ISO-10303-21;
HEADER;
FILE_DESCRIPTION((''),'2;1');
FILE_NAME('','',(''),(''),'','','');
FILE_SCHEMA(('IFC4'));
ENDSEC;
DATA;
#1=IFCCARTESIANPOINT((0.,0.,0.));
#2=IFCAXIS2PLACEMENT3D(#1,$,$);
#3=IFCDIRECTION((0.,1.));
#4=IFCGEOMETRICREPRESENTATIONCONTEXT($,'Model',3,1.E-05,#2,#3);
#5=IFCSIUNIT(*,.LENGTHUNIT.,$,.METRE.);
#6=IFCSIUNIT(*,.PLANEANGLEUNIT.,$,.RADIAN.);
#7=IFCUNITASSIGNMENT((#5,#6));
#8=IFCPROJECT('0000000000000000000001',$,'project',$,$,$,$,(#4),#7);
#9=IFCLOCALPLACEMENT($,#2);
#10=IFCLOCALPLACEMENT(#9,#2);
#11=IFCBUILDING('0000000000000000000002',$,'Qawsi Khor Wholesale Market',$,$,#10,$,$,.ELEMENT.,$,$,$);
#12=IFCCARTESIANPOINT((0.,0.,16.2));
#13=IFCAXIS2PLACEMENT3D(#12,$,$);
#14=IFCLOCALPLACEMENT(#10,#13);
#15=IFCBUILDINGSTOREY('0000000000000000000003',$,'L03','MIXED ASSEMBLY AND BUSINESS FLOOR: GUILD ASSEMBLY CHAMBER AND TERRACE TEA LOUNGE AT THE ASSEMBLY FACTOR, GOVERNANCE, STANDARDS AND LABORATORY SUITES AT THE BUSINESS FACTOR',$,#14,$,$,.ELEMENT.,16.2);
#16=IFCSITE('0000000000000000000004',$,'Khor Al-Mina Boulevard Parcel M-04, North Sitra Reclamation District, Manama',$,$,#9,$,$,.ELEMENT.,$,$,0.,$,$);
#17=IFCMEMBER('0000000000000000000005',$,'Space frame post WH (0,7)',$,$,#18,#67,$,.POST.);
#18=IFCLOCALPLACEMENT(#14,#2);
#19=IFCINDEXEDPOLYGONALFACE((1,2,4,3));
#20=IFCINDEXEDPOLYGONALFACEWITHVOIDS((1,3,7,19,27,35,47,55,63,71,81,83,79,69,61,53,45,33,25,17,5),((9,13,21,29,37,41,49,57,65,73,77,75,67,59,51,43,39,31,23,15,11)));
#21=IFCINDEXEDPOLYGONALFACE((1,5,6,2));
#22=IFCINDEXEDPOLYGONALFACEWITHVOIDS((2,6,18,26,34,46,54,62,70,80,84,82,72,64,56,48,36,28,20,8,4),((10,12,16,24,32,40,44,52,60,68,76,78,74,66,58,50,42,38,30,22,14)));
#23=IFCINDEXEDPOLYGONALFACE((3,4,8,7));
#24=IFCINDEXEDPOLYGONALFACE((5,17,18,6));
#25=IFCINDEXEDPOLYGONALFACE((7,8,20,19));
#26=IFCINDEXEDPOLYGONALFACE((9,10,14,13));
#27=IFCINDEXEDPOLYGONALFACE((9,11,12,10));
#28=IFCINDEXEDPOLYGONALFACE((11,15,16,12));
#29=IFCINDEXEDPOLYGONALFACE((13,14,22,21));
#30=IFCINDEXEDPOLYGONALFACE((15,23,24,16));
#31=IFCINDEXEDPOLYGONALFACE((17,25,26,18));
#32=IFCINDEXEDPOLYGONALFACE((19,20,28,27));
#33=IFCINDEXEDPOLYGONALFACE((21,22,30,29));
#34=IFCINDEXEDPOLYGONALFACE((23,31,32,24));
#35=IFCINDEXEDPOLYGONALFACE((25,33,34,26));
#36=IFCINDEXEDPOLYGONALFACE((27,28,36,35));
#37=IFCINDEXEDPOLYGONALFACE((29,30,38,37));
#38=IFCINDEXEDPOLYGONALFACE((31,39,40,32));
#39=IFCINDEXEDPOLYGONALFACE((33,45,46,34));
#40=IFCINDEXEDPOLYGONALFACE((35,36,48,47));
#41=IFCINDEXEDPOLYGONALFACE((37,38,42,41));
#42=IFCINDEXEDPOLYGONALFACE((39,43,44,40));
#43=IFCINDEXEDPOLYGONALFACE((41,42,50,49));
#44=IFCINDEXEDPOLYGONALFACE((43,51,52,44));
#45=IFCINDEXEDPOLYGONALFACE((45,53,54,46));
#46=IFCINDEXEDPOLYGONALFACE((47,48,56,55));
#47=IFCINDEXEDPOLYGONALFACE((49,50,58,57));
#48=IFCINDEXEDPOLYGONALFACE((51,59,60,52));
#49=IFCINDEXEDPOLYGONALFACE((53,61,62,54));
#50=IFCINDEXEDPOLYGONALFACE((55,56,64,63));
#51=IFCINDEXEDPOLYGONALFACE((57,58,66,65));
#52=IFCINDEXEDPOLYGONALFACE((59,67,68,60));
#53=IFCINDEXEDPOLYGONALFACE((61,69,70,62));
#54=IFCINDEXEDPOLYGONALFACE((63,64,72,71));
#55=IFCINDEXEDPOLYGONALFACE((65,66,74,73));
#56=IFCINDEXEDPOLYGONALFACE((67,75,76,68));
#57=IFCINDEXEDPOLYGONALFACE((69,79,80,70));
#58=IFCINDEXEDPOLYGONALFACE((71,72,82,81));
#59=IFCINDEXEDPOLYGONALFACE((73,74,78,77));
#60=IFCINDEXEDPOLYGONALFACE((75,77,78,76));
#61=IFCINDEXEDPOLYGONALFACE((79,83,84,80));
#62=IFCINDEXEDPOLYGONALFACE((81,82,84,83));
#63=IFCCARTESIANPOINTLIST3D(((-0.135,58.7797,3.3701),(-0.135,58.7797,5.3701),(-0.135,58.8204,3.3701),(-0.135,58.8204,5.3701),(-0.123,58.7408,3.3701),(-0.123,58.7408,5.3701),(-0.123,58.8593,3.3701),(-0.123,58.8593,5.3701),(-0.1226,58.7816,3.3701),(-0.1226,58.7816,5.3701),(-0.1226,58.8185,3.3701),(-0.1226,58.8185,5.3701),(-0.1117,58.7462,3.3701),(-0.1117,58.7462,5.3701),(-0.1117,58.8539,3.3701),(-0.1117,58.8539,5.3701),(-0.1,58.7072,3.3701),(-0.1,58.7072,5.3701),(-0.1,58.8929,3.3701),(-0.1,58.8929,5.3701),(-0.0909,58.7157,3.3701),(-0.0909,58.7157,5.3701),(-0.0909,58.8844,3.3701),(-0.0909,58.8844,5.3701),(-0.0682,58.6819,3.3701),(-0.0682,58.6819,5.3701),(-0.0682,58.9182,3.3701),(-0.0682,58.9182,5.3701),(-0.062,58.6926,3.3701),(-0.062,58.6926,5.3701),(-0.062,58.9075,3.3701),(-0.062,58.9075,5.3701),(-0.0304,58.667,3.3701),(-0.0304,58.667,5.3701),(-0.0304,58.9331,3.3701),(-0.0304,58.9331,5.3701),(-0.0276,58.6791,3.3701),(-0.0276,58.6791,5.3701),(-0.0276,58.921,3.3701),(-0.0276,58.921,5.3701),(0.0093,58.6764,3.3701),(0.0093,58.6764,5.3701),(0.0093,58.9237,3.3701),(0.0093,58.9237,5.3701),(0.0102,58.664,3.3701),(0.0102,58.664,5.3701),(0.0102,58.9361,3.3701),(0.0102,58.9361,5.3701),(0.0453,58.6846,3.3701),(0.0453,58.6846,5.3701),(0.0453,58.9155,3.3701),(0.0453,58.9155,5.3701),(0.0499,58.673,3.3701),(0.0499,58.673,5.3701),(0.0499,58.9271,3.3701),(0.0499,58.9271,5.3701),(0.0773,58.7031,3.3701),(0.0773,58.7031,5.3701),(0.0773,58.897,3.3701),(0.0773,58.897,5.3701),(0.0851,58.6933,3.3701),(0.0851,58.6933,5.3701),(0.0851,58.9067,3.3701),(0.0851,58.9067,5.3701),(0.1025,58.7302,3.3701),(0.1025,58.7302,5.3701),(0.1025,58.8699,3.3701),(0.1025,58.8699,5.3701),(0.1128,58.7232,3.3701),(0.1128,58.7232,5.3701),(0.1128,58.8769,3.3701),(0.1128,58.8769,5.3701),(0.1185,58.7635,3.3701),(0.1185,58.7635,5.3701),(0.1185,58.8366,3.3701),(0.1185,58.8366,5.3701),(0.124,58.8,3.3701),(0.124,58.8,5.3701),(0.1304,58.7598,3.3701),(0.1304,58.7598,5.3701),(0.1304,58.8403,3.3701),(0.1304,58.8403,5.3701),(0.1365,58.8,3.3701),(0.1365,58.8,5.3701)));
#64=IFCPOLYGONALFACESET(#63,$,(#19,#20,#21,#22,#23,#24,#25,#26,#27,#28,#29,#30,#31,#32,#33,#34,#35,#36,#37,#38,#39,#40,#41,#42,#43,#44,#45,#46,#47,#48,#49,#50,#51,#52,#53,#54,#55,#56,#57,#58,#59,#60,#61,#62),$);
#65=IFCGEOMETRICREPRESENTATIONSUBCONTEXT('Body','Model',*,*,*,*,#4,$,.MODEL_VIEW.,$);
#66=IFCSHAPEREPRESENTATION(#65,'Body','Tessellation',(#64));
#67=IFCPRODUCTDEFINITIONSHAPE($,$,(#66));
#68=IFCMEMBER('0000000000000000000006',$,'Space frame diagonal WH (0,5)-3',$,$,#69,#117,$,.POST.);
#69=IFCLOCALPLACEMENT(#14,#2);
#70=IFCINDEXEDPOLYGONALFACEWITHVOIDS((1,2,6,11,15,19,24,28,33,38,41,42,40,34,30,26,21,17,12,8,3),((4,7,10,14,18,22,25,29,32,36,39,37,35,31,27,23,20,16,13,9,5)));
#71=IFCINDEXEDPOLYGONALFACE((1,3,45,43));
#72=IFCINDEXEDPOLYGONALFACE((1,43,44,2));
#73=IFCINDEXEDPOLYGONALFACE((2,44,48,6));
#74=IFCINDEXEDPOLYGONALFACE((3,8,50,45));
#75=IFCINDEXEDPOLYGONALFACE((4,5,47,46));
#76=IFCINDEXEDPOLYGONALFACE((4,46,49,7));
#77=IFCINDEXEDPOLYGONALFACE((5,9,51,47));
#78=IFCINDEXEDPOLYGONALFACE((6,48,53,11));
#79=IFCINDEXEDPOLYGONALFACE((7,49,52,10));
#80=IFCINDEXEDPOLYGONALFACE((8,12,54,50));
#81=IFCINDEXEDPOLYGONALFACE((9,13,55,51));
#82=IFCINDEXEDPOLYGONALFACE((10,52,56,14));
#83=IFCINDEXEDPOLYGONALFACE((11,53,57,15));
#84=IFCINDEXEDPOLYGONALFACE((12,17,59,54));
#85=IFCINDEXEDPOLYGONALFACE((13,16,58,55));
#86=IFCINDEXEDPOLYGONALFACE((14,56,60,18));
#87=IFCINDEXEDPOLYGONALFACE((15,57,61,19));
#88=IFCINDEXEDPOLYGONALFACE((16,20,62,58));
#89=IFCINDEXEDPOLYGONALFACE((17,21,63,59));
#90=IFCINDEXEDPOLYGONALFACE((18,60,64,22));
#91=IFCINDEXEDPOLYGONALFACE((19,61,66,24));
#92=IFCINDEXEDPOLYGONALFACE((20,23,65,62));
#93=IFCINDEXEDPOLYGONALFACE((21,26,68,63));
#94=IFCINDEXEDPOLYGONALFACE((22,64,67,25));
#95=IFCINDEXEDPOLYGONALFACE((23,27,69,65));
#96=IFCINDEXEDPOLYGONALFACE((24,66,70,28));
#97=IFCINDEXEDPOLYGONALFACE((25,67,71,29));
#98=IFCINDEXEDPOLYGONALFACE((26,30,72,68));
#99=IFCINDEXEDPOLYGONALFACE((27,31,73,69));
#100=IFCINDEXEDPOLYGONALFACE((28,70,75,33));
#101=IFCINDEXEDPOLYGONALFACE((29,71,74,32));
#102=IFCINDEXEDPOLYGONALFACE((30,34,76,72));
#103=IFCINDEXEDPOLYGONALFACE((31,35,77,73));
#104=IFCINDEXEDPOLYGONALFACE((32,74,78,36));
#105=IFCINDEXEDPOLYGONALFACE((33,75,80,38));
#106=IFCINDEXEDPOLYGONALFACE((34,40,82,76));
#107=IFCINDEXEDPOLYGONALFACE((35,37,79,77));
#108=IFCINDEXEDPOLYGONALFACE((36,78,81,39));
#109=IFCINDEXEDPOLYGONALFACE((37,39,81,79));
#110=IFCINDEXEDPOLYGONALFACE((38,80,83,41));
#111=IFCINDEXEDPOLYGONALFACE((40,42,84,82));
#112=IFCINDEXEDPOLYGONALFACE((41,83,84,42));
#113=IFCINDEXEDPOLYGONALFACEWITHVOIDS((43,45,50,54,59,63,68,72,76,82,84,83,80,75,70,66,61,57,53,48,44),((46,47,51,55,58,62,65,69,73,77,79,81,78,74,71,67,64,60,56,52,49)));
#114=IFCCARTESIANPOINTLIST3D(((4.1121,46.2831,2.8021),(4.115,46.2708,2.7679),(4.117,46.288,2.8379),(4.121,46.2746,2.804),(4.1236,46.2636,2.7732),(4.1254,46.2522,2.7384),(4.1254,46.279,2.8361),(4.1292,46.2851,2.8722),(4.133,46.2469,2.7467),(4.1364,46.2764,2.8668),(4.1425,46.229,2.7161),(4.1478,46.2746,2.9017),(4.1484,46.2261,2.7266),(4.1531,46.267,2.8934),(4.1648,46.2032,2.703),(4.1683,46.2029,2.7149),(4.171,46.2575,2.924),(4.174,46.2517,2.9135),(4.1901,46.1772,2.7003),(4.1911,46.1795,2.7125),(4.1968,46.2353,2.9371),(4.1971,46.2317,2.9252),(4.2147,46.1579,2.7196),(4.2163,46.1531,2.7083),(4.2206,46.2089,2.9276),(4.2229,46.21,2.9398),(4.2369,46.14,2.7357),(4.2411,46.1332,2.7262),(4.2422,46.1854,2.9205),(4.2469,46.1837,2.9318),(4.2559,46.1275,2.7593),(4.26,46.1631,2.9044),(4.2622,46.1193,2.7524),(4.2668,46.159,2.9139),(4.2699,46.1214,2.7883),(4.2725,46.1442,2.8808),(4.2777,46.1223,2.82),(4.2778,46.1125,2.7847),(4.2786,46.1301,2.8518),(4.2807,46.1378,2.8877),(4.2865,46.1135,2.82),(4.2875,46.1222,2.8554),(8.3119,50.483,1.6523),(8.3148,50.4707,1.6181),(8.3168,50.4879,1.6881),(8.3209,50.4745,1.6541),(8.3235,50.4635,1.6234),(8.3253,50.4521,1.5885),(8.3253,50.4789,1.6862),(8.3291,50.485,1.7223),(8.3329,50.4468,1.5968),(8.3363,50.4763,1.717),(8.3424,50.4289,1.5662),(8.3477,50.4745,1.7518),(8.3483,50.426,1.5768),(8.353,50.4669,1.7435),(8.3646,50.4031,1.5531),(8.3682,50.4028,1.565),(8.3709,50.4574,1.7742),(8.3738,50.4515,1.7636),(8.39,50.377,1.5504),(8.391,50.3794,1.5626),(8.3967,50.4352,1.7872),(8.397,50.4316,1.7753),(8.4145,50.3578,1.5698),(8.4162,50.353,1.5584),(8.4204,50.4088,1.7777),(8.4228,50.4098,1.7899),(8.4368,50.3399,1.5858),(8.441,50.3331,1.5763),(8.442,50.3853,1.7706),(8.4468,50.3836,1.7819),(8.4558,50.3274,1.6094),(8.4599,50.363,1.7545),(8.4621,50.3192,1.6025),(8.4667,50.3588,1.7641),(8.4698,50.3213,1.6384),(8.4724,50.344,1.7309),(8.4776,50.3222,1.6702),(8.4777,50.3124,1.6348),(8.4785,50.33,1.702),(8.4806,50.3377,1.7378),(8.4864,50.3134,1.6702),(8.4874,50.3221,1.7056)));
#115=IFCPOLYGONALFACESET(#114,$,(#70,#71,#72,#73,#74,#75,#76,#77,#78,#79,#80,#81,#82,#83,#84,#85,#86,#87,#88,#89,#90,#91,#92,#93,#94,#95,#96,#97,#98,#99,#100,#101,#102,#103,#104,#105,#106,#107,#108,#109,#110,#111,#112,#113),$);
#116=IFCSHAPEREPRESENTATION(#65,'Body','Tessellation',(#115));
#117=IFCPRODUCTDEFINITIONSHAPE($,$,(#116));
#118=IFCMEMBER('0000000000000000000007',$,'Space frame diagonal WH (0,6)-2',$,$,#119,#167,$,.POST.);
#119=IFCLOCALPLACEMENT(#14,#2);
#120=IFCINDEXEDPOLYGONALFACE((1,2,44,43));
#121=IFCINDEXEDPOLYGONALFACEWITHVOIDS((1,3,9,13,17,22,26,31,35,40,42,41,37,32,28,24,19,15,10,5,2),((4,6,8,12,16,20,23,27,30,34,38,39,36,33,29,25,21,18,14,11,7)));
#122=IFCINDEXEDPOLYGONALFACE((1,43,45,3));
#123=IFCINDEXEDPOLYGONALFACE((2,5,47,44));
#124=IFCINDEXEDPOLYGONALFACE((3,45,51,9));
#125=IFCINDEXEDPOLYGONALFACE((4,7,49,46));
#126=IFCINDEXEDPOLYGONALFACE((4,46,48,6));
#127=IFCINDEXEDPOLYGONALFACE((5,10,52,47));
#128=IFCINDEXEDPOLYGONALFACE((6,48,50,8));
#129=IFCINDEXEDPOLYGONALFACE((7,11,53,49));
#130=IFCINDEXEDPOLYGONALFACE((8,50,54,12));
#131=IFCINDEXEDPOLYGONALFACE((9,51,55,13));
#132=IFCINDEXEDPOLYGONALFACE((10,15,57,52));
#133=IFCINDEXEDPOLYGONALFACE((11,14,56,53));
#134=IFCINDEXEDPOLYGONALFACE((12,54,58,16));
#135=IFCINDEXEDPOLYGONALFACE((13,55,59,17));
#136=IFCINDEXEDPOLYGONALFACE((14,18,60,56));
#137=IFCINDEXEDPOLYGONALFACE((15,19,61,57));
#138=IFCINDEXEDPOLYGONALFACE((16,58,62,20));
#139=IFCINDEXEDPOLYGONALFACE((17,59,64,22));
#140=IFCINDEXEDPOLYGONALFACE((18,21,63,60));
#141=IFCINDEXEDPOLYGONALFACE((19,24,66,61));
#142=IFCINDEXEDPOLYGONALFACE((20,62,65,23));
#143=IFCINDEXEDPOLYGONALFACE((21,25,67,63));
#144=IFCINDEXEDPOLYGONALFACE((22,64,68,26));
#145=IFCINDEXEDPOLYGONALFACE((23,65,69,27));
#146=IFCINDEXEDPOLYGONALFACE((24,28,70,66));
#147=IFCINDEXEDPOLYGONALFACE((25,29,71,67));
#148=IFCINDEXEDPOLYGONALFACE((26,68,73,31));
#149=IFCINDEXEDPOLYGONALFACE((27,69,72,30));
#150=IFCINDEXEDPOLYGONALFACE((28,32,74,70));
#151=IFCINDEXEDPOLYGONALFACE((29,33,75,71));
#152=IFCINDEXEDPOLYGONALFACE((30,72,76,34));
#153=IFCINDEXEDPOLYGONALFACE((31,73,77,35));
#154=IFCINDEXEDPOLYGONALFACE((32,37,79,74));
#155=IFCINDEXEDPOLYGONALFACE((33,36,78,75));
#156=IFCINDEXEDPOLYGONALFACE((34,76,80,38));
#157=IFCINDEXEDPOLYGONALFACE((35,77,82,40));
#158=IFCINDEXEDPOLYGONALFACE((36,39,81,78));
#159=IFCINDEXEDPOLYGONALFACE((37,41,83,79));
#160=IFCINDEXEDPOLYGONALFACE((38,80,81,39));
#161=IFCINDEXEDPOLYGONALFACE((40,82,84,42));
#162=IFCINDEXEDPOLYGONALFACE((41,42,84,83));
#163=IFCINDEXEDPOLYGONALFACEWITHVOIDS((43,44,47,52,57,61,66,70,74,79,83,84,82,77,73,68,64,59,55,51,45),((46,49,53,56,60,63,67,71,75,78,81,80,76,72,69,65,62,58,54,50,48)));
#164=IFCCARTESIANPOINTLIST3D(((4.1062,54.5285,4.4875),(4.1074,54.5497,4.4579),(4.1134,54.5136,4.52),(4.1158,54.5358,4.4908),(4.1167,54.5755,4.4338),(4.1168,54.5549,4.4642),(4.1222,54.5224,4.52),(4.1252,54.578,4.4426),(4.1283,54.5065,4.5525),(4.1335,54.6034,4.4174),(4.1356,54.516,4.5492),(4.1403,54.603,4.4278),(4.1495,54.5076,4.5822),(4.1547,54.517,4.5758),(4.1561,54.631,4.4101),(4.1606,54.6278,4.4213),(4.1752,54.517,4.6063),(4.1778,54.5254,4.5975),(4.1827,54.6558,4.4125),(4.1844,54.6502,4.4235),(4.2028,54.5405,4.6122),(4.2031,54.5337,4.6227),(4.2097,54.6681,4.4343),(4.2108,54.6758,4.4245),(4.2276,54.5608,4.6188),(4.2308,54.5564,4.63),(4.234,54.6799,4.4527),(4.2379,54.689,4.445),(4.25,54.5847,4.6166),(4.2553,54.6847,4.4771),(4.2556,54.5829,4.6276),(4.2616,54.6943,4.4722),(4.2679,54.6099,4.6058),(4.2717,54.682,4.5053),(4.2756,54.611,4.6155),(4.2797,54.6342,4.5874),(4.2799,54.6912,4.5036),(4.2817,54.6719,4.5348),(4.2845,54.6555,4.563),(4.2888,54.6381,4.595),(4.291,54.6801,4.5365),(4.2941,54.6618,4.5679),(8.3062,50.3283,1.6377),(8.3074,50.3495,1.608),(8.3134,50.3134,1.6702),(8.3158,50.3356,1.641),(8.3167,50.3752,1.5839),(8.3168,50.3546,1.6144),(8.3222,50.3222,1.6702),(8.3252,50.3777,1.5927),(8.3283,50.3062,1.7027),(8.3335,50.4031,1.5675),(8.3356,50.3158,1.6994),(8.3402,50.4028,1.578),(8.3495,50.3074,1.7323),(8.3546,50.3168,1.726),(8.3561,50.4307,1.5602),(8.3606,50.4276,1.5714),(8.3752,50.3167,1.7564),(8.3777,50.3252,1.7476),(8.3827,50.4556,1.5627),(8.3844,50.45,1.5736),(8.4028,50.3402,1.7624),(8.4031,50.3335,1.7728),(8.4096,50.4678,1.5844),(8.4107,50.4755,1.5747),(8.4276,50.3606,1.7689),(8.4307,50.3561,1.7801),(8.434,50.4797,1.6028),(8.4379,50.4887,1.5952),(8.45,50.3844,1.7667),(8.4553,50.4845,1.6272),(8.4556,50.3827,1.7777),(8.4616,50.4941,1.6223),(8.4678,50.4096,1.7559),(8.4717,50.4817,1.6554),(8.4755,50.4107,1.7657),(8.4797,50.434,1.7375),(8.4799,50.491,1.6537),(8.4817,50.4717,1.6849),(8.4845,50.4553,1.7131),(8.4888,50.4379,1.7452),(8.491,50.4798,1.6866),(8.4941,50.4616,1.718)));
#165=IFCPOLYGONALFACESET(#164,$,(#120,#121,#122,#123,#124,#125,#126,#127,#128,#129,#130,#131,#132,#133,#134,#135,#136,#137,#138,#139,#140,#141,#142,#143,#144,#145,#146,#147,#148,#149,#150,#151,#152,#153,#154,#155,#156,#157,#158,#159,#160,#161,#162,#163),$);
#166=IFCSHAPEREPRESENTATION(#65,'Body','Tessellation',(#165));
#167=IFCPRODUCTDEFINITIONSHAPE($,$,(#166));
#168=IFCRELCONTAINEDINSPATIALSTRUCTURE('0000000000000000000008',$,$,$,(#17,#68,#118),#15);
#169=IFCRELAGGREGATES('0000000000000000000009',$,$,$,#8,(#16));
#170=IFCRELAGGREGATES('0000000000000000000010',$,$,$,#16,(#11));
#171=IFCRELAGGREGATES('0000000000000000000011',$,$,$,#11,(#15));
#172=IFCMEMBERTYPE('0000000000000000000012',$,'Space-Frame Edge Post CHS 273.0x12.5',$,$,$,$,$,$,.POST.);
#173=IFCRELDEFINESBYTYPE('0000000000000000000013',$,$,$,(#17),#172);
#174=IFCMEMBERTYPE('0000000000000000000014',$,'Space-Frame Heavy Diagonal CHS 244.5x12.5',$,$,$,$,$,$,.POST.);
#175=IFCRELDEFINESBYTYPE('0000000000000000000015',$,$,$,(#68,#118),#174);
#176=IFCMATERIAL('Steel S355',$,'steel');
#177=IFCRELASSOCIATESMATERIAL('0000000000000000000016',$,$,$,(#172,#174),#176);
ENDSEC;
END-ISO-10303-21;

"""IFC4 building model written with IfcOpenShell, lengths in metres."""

from ifc_helpers import new_model, si_unit, direction, frame, origin, origin_2d, place, context, subcontext, project, spatial, hollow_circle, extrude, material, material_profile, profile_set, type_object, element, save


model = new_model("IFC4")

# Units and contexts
model_context = context("Model", 3, precision=1e-05, world=origin(), true_north=direction((0.0, 1.0)))
body_context = subcontext(model_context, "Body", "Model", "MODEL_VIEW")
ifc_project = project(units=[si_unit("LENGTHUNIT", "METRE"), si_unit("PLANEANGLEUNIT", "RADIAN")], contexts=[model_context])

# Site, building, storey
site_placement = place(None, origin())
site = spatial("IfcSite", under=ifc_project, at=site_placement, Name="Khor Al-Mina Boulevard Parcel M-04, North Sitra Reclamation District, Manama", CompositionType="ELEMENT", RefElevation=0.0)
building_placement = place(site_placement, origin())
building = spatial("IfcBuilding", under=site, at=building_placement, Name="Qawsi Khor Wholesale Market", CompositionType="ELEMENT")
storey_placement = place(building_placement, frame((0.0, 0.0, 16.2)))
storey = spatial("IfcBuildingStorey", under=building, at=storey_placement, Name="L03", Description="MIXED ASSEMBLY AND BUSINESS FLOOR: GUILD ASSEMBLY CHAMBER AND TERRACE TEA LOUNGE AT THE ASSEMBLY FACTOR, GOVERNANCE, STANDARDS AND LABORATORY SUITES AT THE BUSINESS FACTOR", CompositionType="ELEMENT", Elevation=16.2)

# Members
ifc_material_1 = material(Name="Steel S355", Category="steel")
ifc_material_profile_1 = material_profile(ifc_material_1, hollow_circle(Radius=0.1365, WallThickness=0.0125, at=origin_2d()), Name="CHS 273.0x12.5")
ifc_profile_set_1 = profile_set([ifc_material_profile_1], Name="Steel S355")
member_type_1 = type_object("IfcMemberType", Name="Space-Frame Edge Post CHS 273.0x12.5", PredefinedType="POST", material=ifc_profile_set_1)
member_1_placement = place(storey_placement, frame((0.0, 58.8, 3.3701), z_axis=(0.0, 0.0, 1.0), x_axis=(1.0, 0.0, 0.0)))
element("IfcMember", 1, at=member_1_placement, inside=storey, type_object=member_type_1, Name="Space frame post WH (0,7)", PredefinedType="POST", context=body_context, shape_type="SweptSolid", body=[
    extrude(hollow_circle(Radius=0.1365, WallThickness=0.0125, at=origin_2d()), origin(), (0.0, 0.0, 1.0), 2.0),
])
ifc_material_profile_2 = material_profile(ifc_material_1, hollow_circle(Radius=0.1223, WallThickness=0.0125, at=origin_2d()), Name="CHS 244.5x12.5")
ifc_profile_set_2 = profile_set([ifc_material_profile_2], Name="Steel S355")
member_type_2 = type_object("IfcMemberType", Name="Space-Frame Heavy Diagonal CHS 244.5x12.5", PredefinedType="POST", material=ifc_profile_set_2)
member_2_placement = place(storey_placement, frame((8.3999, 50.3999, 1.6702), z_axis=(-0.694217, -0.694217, 0.190069), x_axis=(0.707107, -0.707107, 0.0)))
element("IfcMember", 2, at=member_2_placement, inside=storey, type_object=member_type_2, Name="Space frame diagonal WH (0,5)-3", PredefinedType="POST", context=body_context, shape_type="SweptSolid", body=[
    extrude(hollow_circle(Radius=0.1223, WallThickness=0.0125, at=origin_2d()), origin(), (0.0, 0.0, 1.0), 6.0498),
])
member_3_placement = place(storey_placement, frame((8.3999, 50.3999, 1.6702), z_axis=(-0.637507, 0.637544, 0.432577), x_axis=(-0.707127, -0.707086, 0.0)))
element("IfcMember", 3, at=member_3_placement, inside=storey, type_object=member_type_2, Name="Space frame diagonal WH (0,6)-2", PredefinedType="POST", context=body_context, shape_type="SweptSolid", body=[
    extrude(hollow_circle(Radius=0.1223, WallThickness=0.0125, at=origin_2d()), origin(), (0.0, 0.0, 1.0), 6.5881),
])

save(model, "model.ifc")
